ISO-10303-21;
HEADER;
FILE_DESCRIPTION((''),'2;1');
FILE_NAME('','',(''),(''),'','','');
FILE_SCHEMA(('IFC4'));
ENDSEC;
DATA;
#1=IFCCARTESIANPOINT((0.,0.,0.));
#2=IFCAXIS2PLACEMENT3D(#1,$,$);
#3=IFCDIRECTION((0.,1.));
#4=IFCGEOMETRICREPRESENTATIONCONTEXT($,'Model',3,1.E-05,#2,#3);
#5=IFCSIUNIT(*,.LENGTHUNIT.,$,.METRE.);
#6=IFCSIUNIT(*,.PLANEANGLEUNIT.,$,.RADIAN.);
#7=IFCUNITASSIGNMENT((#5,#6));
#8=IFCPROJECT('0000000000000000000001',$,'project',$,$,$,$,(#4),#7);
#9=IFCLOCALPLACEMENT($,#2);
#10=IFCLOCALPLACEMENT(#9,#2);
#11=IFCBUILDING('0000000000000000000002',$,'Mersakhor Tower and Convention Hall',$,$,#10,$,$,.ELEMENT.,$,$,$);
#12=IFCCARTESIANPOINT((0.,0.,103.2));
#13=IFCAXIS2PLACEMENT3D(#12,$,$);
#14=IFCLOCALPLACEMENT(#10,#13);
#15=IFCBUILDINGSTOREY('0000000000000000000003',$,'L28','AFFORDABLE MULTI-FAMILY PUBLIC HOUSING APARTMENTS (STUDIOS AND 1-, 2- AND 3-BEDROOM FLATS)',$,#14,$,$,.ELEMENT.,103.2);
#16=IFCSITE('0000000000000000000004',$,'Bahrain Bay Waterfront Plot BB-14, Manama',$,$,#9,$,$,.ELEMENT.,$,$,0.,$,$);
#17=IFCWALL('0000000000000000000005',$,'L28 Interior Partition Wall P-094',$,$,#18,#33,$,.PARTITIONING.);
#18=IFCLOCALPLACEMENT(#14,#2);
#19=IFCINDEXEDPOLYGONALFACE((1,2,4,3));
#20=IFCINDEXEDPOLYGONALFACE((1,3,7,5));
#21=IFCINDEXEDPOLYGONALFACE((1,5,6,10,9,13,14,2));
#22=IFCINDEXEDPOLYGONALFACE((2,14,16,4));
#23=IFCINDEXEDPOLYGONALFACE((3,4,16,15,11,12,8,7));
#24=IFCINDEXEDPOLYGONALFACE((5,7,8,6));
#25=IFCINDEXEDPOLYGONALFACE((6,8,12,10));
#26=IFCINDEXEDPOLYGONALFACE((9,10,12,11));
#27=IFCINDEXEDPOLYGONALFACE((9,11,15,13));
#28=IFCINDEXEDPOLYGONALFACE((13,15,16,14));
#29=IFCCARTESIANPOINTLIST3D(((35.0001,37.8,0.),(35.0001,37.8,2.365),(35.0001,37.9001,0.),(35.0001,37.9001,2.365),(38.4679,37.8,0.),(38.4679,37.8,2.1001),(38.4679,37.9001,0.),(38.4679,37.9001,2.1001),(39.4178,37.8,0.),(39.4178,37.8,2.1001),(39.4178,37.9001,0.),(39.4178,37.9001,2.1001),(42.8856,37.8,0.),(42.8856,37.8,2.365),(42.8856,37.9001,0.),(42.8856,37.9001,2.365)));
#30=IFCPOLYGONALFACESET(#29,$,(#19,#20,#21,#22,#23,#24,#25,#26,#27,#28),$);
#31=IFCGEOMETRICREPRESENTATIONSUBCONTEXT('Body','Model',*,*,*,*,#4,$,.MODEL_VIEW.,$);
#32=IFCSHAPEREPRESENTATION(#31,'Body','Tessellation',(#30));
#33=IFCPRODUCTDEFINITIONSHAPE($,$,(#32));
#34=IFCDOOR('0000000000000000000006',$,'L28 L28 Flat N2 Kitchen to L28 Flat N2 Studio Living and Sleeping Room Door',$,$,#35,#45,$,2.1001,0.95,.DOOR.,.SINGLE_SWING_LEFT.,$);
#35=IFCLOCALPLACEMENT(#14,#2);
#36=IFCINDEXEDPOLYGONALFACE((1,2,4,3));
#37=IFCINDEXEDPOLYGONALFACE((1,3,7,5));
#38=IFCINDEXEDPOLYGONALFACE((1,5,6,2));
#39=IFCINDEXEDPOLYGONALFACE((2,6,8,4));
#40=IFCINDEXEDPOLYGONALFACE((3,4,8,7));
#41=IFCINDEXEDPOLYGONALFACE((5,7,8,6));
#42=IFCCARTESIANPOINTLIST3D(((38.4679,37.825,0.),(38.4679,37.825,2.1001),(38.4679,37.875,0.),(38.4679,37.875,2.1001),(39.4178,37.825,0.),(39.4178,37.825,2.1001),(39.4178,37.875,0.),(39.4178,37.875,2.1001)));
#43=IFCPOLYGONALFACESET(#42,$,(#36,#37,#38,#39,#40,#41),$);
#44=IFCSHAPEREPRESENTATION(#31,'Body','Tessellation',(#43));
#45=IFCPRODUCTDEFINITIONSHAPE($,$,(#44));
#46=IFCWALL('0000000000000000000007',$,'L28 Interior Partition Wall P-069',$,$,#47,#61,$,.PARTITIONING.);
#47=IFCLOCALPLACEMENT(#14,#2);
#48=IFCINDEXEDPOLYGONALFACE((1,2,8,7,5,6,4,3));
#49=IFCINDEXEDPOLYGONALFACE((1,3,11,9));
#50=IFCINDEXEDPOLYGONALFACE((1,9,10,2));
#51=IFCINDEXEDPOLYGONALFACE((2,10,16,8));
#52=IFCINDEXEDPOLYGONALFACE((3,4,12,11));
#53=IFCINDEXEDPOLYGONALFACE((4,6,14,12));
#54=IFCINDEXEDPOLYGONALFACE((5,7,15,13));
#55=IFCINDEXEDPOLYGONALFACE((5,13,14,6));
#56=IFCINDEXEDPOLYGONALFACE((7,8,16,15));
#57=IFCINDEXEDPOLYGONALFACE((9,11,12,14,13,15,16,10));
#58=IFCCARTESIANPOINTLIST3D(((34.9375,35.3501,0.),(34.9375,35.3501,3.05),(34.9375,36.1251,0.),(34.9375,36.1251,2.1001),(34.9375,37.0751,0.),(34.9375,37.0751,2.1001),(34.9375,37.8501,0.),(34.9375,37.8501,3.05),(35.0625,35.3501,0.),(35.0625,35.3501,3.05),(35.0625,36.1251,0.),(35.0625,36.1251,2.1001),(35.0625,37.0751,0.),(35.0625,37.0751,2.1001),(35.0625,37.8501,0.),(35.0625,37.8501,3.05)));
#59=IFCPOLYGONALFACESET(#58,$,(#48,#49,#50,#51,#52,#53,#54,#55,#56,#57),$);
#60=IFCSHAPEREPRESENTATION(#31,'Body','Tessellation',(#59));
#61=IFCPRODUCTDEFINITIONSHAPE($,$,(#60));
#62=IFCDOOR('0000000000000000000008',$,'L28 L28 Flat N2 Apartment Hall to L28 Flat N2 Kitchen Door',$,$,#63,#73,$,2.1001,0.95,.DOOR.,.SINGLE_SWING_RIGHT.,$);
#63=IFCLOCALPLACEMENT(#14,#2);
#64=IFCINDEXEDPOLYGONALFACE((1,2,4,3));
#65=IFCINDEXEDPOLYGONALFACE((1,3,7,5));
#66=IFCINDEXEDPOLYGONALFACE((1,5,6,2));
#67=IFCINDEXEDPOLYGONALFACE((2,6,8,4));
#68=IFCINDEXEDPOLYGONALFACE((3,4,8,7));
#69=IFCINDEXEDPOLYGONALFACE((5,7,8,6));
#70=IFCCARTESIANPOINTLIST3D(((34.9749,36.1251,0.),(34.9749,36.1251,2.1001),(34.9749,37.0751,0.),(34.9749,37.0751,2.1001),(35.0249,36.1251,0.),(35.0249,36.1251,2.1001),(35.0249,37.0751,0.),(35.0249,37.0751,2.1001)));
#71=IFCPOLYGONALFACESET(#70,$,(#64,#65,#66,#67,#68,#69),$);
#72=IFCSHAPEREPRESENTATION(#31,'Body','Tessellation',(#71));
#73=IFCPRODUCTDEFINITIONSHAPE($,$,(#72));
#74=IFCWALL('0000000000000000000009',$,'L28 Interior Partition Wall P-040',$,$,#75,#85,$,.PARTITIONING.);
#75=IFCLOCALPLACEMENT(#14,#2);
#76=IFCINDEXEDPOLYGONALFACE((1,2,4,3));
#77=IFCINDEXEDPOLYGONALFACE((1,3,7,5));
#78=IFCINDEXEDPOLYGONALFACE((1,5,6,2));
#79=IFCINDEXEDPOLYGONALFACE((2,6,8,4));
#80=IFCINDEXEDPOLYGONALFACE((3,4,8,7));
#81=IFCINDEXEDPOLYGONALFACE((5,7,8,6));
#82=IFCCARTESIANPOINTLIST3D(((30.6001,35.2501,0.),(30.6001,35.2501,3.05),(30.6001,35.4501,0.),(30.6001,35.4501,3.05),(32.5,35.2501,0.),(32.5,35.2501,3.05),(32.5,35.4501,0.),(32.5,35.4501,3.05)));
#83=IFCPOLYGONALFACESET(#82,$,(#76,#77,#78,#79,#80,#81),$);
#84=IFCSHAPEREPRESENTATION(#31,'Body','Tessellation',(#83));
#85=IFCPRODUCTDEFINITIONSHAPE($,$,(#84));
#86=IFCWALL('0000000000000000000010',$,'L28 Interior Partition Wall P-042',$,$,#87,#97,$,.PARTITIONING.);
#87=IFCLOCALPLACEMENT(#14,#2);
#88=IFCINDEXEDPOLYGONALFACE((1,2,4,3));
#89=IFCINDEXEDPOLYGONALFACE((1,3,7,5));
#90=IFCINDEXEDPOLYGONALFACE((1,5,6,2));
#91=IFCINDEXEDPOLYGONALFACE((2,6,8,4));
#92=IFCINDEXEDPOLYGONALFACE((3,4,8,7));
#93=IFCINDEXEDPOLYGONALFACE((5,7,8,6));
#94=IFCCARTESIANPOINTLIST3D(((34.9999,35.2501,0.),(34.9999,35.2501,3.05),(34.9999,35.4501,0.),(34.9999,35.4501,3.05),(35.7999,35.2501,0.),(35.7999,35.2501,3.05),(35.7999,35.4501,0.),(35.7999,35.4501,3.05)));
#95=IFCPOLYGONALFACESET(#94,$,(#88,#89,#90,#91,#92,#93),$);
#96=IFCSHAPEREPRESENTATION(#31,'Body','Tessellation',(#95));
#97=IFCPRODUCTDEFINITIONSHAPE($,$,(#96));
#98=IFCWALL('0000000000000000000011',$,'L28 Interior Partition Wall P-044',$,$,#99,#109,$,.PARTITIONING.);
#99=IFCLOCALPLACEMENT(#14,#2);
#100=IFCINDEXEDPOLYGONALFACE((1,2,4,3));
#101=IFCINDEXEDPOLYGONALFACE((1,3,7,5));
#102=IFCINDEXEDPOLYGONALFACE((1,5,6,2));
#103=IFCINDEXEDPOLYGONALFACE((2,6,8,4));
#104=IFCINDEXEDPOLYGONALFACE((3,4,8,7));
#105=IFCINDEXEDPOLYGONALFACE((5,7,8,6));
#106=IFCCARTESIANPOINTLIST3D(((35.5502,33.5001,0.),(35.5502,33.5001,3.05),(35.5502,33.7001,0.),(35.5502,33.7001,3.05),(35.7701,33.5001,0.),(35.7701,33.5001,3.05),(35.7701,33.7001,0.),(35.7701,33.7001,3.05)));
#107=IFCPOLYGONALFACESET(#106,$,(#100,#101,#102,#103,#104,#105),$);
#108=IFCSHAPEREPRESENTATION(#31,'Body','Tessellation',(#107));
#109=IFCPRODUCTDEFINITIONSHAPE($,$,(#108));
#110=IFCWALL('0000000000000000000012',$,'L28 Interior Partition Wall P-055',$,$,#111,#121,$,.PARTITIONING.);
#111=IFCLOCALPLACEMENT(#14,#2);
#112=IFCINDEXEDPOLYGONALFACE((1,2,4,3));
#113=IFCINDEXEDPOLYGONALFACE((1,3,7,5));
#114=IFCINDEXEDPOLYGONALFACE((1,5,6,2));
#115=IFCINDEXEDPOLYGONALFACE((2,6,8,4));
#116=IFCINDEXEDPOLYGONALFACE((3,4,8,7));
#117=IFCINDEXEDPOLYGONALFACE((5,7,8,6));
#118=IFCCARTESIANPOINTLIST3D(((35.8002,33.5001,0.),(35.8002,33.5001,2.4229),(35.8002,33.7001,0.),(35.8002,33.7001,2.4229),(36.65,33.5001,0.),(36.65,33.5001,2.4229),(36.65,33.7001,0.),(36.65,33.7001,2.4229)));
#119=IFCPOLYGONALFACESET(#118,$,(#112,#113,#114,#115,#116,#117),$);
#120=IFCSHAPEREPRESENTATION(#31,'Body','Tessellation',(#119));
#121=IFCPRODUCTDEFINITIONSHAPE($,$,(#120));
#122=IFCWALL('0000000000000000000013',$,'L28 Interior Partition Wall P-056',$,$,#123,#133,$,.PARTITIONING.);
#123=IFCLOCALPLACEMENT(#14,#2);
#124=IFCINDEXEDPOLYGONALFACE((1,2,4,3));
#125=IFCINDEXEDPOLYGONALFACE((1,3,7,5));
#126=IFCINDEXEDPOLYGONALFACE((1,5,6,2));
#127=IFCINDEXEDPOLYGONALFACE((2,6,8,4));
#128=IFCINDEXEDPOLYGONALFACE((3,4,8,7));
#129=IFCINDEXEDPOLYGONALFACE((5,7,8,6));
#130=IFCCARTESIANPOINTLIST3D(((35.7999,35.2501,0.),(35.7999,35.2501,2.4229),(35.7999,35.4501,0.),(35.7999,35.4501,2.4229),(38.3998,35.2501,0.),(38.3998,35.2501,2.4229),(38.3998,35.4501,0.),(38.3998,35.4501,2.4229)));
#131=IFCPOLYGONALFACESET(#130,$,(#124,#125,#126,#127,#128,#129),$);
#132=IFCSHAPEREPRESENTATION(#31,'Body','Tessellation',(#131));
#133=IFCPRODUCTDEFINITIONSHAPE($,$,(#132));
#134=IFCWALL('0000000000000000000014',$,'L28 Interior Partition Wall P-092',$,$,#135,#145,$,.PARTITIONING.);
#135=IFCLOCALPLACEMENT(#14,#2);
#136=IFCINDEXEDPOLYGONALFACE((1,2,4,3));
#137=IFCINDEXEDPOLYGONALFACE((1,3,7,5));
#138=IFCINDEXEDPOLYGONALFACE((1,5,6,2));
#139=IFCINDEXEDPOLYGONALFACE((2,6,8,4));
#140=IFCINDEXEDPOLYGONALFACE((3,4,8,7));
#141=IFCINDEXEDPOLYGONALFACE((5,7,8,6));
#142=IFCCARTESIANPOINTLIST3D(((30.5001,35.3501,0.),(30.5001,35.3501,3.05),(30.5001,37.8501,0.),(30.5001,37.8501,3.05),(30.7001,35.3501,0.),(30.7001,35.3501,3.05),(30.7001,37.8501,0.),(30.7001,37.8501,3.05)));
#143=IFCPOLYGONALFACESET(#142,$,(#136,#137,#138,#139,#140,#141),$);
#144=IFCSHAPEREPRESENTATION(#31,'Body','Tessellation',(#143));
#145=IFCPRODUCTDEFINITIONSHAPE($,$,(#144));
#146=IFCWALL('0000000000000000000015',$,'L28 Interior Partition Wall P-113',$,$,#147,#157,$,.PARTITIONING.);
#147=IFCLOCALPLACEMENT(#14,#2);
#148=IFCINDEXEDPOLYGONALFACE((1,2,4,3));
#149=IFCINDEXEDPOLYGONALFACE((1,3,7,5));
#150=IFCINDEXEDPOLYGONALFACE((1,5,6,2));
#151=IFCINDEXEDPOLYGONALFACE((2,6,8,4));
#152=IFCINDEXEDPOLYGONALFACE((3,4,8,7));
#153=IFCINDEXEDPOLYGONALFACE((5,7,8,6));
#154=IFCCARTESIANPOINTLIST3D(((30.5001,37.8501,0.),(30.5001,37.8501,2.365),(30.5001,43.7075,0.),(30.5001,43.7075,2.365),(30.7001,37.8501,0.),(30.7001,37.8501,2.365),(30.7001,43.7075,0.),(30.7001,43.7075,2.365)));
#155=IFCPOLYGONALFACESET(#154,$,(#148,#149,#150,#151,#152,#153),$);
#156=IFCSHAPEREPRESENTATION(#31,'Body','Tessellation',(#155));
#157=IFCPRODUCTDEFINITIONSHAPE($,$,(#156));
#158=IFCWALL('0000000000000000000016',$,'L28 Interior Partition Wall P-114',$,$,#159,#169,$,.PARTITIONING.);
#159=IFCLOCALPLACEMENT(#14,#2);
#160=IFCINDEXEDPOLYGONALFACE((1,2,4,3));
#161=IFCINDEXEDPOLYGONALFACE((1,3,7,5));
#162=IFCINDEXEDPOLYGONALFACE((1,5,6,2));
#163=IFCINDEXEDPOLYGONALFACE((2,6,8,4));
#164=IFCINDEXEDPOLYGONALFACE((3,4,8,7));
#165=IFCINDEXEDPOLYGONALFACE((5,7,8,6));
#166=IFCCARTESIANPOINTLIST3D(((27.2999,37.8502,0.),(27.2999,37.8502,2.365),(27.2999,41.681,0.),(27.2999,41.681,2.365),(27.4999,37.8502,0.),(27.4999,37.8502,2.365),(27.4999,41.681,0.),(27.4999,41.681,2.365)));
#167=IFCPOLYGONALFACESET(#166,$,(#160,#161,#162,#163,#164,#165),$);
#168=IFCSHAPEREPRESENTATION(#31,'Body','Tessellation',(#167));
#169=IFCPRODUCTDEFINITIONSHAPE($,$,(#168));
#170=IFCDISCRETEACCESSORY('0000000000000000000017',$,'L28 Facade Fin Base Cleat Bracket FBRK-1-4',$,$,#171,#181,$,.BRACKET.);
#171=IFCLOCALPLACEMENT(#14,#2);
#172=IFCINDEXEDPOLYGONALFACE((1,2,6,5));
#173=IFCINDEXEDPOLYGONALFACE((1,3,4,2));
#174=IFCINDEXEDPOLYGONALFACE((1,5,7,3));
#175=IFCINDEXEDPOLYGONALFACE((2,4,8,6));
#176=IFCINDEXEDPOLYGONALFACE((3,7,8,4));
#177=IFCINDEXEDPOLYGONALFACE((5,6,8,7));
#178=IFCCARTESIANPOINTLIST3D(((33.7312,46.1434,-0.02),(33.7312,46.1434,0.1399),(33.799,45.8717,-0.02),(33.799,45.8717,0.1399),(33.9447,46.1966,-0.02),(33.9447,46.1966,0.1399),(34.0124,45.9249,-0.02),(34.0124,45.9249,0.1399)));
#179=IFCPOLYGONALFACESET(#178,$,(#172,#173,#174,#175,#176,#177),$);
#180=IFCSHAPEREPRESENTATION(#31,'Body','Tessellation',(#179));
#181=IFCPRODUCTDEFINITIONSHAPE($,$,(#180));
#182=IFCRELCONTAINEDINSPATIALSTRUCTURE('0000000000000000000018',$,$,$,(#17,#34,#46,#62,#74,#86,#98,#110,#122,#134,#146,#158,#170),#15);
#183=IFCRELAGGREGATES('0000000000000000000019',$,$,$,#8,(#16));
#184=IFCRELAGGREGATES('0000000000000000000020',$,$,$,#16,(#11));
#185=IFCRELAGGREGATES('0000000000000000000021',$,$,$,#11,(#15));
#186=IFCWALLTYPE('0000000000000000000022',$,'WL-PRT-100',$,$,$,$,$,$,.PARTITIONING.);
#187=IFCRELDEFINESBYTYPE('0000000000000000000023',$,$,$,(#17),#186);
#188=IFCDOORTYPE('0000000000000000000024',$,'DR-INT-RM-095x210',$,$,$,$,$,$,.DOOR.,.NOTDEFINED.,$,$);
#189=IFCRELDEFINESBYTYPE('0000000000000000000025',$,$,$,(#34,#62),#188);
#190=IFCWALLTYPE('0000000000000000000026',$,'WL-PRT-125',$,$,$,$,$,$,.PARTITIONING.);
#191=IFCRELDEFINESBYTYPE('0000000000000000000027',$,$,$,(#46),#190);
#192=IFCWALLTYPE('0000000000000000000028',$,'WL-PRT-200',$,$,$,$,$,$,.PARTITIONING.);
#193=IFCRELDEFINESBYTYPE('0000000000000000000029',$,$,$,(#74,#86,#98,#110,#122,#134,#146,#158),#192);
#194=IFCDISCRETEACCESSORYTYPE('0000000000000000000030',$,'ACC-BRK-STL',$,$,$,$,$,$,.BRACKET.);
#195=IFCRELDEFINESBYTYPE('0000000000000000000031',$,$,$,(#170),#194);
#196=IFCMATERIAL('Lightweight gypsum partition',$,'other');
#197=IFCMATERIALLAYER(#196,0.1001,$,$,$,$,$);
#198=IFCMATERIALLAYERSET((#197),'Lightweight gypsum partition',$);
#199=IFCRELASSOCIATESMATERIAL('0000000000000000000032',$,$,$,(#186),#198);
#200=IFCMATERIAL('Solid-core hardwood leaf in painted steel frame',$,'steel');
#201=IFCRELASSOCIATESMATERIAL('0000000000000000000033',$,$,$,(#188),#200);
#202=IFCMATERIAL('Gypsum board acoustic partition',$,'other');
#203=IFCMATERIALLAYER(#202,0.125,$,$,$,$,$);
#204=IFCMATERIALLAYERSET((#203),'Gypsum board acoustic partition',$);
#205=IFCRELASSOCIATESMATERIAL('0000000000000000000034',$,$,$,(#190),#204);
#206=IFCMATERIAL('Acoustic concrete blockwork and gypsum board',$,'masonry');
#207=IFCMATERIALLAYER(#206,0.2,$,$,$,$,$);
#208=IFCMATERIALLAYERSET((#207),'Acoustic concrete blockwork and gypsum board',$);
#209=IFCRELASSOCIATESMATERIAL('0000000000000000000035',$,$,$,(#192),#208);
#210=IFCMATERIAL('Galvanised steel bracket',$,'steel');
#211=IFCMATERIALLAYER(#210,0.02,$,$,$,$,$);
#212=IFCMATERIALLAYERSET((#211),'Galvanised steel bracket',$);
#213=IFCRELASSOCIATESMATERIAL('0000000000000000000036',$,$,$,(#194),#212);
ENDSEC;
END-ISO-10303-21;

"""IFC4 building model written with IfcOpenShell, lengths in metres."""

from ifc_helpers import new_model, si_unit, direction, frame, frame_2d, origin, origin_2d, place, context, subcontext, project, spatial, rectangle, extrude, material, layer, layer_set, type_object, element, fill, save


model = new_model("IFC4")

# Units and contexts
model_context = context("Model", 3, precision=1e-05, world=origin(), true_north=direction((0.0, 1.0)))
body_context = subcontext(model_context, "Body", "Model", "MODEL_VIEW")
ifc_project = project(units=[si_unit("LENGTHUNIT", "METRE"), si_unit("PLANEANGLEUNIT", "RADIAN")], contexts=[model_context])

# Site, building, storey
site_placement = place(None, origin())
site = spatial("IfcSite", under=ifc_project, at=site_placement, Name="Bahrain Bay Waterfront Plot BB-14, Manama", CompositionType="ELEMENT", RefElevation=0.0)
building_placement = place(site_placement, origin())
building = spatial("IfcBuilding", under=site, at=building_placement, Name="Mersakhor Tower and Convention Hall", CompositionType="ELEMENT")
storey_placement = place(building_placement, frame((0.0, 0.0, 103.2)))
storey = spatial("IfcBuildingStorey", under=building, at=storey_placement, Name="L28", Description="AFFORDABLE MULTI-FAMILY PUBLIC HOUSING APARTMENTS (STUDIOS AND 1-, 2- AND 3-BEDROOM FLATS)", CompositionType="ELEMENT", Elevation=103.2)

# Walls, openings, doors
ifc_material_1 = material(Name="Lightweight gypsum partition", Category="other")
ifc_layer_1 = layer(ifc_material_1, 0.1001)
ifc_layer_set_1 = layer_set([ifc_layer_1], Name="Lightweight gypsum partition")
wall_type_1 = type_object("IfcWallType", Name="WL-PRT-100", PredefinedType="PARTITIONING", material=ifc_layer_set_1)
ifc_material_2 = material(Name="Solid-core hardwood leaf in painted steel frame", Category="steel")
door_type_1 = type_object("IfcDoorType", Name="DR-INT-RM-095x210", OperationType="NOTDEFINED", PredefinedType="DOOR", material=ifc_material_2)
wall_1_placement = place(storey_placement, frame((35.0, 37.8501, 0.0), z_axis=(0.0, 0.0, 1.0), x_axis=(1.0, 0.0, 0.0)))
wall_1 = element("IfcWall", 1, at=wall_1_placement, inside=storey, type_object=wall_type_1, Name="L28 Interior Partition Wall P-094", PredefinedType="PARTITIONING", context=body_context, shape_type="SweptSolid", body=[
    extrude(rectangle(XDim=7.8855, YDim=0.1001, at=frame_2d((3.9429, 0.0))), origin(), (0.0, 0.0, 1.0), 2.365),
])
opening_1_placement = place(wall_1_placement, frame((3.4678, 0.0, 0.0)))
opening_1 = element("IfcOpeningElement", 2, at=opening_1_placement, cuts=wall_1, PredefinedType="OPENING", context=body_context, shape_type="SweptSolid", body=[
    extrude(rectangle(XDim=0.95, YDim=2.1001, at=frame_2d((0.4751, 1.05))), frame((0.0, 0.0601, 0.0), z_axis=(0.0, -1.0, 0.0), x_axis=(1.0, 0.0, 0.0)), (0.0, 0.0, 1.0), 0.1201),
])
door_1_placement = place(opening_1_placement, origin())
door_1 = element("IfcDoor", 3, at=door_1_placement, inside=storey, type_object=door_type_1, Name="L28 L28 Flat N2 Kitchen to L28 Flat N2 Studio Living and Sleeping Room Door", OperationType="SINGLE_SWING_LEFT", OverallHeight=2.1001, OverallWidth=0.95, PredefinedType="DOOR", context=body_context, shape_type="SweptSolid", body=[
    extrude(rectangle(XDim=0.95, YDim=2.1001, at=frame_2d((0.4751, 1.05))), frame((0.0, 0.0249, 0.0), z_axis=(0.0, -1.0, 0.0), x_axis=(1.0, 0.0, 0.0)), (0.0, 0.0, 1.0), 0.05),
])
fill(opening_1, door_1)
ifc_material_3 = material(Name="Gypsum board acoustic partition", Category="other")
ifc_layer_2 = layer(ifc_material_3, 0.125)
ifc_layer_set_2 = layer_set([ifc_layer_2], Name="Gypsum board acoustic partition")
wall_type_2 = type_object("IfcWallType", Name="WL-PRT-125", PredefinedType="PARTITIONING", material=ifc_layer_set_2)
wall_2_placement = place(storey_placement, frame((35.0, 37.8501, 0.0), z_axis=(0.0, 0.0, 1.0), x_axis=(0.0, -1.0, 0.0)))
wall_2 = element("IfcWall", 4, at=wall_2_placement, inside=storey, type_object=wall_type_2, Name="L28 Interior Partition Wall P-069", PredefinedType="PARTITIONING", context=body_context, shape_type="SweptSolid", body=[
    extrude(rectangle(XDim=2.5, YDim=0.125, at=frame_2d((1.25, 0.0))), origin(), (0.0, 0.0, 1.0), 3.05),
])
opening_2_placement = place(wall_2_placement, frame((0.7749, 0.0, 0.0)))
opening_2 = element("IfcOpeningElement", 5, at=opening_2_placement, cuts=wall_2, PredefinedType="OPENING", context=body_context, shape_type="SweptSolid", body=[
    extrude(rectangle(XDim=0.95, YDim=2.1001, at=frame_2d((0.4751, 1.05))), frame((0.0, 0.0725, 0.0), z_axis=(0.0, -1.0, 0.0), x_axis=(1.0, 0.0, 0.0)), (0.0, 0.0, 1.0), 0.145),
])
door_2_placement = place(opening_2_placement, origin())
door_2 = element("IfcDoor", 6, at=door_2_placement, inside=storey, type_object=door_type_1, Name="L28 L28 Flat N2 Apartment Hall to L28 Flat N2 Kitchen Door", OperationType="SINGLE_SWING_RIGHT", OverallHeight=2.1001, OverallWidth=0.95, PredefinedType="DOOR", context=body_context, shape_type="SweptSolid", body=[
    extrude(rectangle(XDim=0.95, YDim=2.1001, at=frame_2d((0.4751, 1.05))), frame((0.0, 0.0249, 0.0), z_axis=(0.0, -1.0, 0.0), x_axis=(1.0, 0.0, 0.0)), (0.0, 0.0, 1.0), 0.05),
])
fill(opening_2, door_2)

# Wall
ifc_material_4 = material(Name="Acoustic concrete blockwork and gypsum board", Category="masonry")
ifc_layer_3 = layer(ifc_material_4, 0.2)
ifc_layer_set_3 = layer_set([ifc_layer_3], Name="Acoustic concrete blockwork and gypsum board")
wall_type_3 = type_object("IfcWallType", Name="WL-PRT-200", PredefinedType="PARTITIONING", material=ifc_layer_set_3)
wall_3_placement = place(storey_placement, frame((30.6001, 35.3501, 0.0), z_axis=(0.0, 0.0, 1.0), x_axis=(1.0, 0.0, 0.0)))
element("IfcWall", 7, at=wall_3_placement, inside=storey, type_object=wall_type_3, Name="L28 Interior Partition Wall P-040", PredefinedType="PARTITIONING", context=body_context, shape_type="SweptSolid", body=[
    extrude(rectangle(XDim=1.8999, YDim=0.2, at=frame_2d((0.95, 0.0))), origin(), (0.0, 0.0, 1.0), 3.05),
])

# Wall
wall_4_placement = place(storey_placement, frame((35.0, 35.3501, 0.0), z_axis=(0.0, 0.0, 1.0), x_axis=(1.0, 0.0, 0.0)))
element("IfcWall", 8, at=wall_4_placement, inside=storey, type_object=wall_type_3, Name="L28 Interior Partition Wall P-042", PredefinedType="PARTITIONING", context=body_context, shape_type="SweptSolid", body=[
    extrude(rectangle(XDim=0.8, YDim=0.2, at=frame_2d((0.3999, 0.0))), origin(), (0.0, 0.0, 1.0), 3.05),
])

# Walls
wall_5_placement = place(storey_placement, frame((35.77, 33.6001, 0.0), z_axis=(0.0, 0.0, 1.0), x_axis=(-1.0, 0.0, 0.0)))
element("IfcWall", 9, at=wall_5_placement, inside=storey, type_object=wall_type_3, Name="L28 Interior Partition Wall P-044", PredefinedType="PARTITIONING", context=body_context, shape_type="SweptSolid", body=[
    extrude(rectangle(XDim=0.22, YDim=0.2, at=frame_2d((0.1099, 0.0))), origin(), (0.0, 0.0, 1.0), 3.05),
])
wall_6_placement = place(storey_placement, frame((36.6499, 33.6001, 0.0), z_axis=(0.0, 0.0, 1.0), x_axis=(-1.0, 0.0, 0.0)))
element("IfcWall", 10, at=wall_6_placement, inside=storey, type_object=wall_type_3, Name="L28 Interior Partition Wall P-055", PredefinedType="PARTITIONING", context=body_context, shape_type="SweptSolid", body=[
    extrude(rectangle(XDim=0.8499, YDim=0.2, at=frame_2d((0.4248, 0.0))), origin(), (0.0, 0.0, 1.0), 2.4229),
])
wall_7_placement = place(storey_placement, frame((35.8, 35.3501, 0.0), z_axis=(0.0, 0.0, 1.0), x_axis=(1.0, 0.0, 0.0)))
element("IfcWall", 11, at=wall_7_placement, inside=storey, type_object=wall_type_3, Name="L28 Interior Partition Wall P-056", PredefinedType="PARTITIONING", context=body_context, shape_type="SweptSolid", body=[
    extrude(rectangle(XDim=2.5999, YDim=0.2, at=frame_2d((1.2998, 0.0))), origin(), (0.0, 0.0, 1.0), 2.4229),
])
wall_8_placement = place(storey_placement, frame((30.6001, 35.3501, 0.0), z_axis=(0.0, 0.0, 1.0), x_axis=(0.0, 1.0, 0.0)))
element("IfcWall", 12, at=wall_8_placement, inside=storey, type_object=wall_type_3, Name="L28 Interior Partition Wall P-092", PredefinedType="PARTITIONING", context=body_context, shape_type="SweptSolid", body=[
    extrude(rectangle(XDim=2.5, YDim=0.2, at=frame_2d((1.25, 0.0))), origin(), (0.0, 0.0, 1.0), 3.05),
])
wall_9_placement = place(storey_placement, frame((30.6001, 43.7075, 0.0), z_axis=(0.0, 0.0, 1.0), x_axis=(0.0, -1.0, 0.0)))
element("IfcWall", 13, at=wall_9_placement, inside=storey, type_object=wall_type_3, Name="L28 Interior Partition Wall P-113", PredefinedType="PARTITIONING", context=body_context, shape_type="SweptSolid", body=[
    extrude(rectangle(XDim=5.8574, YDim=0.2, at=frame_2d((2.9287, 0.0))), origin(), (0.0, 0.0, 1.0), 2.365),
])
wall_10_placement = place(storey_placement, frame((27.3999, 37.8501, 0.0), z_axis=(0.0, 0.0, 1.0), x_axis=(0.0, 1.0, 0.0)))
element("IfcWall", 14, at=wall_10_placement, inside=storey, type_object=wall_type_3, Name="L28 Interior Partition Wall P-114", PredefinedType="PARTITIONING", context=body_context, shape_type="SweptSolid", body=[
    extrude(rectangle(XDim=3.8308, YDim=0.2, at=frame_2d((1.9155, 0.0))), origin(), (0.0, 0.0, 1.0), 2.365),
])

# Discrete accessory
ifc_material_5 = material(Name="Galvanised steel bracket", Category="steel")
ifc_layer_4 = layer(ifc_material_5, 0.02)
ifc_layer_set_4 = layer_set([ifc_layer_4], Name="Galvanised steel bracket")
discrete_accessory_type = type_object("IfcDiscreteAccessoryType", Name="ACC-BRK-STL", PredefinedType="BRACKET", material=ifc_layer_set_4)
discrete_accessory_placement = place(storey_placement, frame((33.8718, 46.0342, -0.02), z_axis=(0.0, 0.0, 1.0), x_axis=(-0.241922, 0.970296, 0.0)))
element("IfcDiscreteAccessory", 15, at=discrete_accessory_placement, inside=storey, type_object=discrete_accessory_type, Name="L28 Facade Fin Base Cleat Bracket FBRK-1-4", PredefinedType="BRACKET", context=body_context, shape_type="SweptSolid", body=[
    extrude(rectangle(XDim=0.28, YDim=0.22, at=origin_2d()), origin(), (0.0, 0.0, 1.0), 0.1599),
])

save(model, "model.ifc")
